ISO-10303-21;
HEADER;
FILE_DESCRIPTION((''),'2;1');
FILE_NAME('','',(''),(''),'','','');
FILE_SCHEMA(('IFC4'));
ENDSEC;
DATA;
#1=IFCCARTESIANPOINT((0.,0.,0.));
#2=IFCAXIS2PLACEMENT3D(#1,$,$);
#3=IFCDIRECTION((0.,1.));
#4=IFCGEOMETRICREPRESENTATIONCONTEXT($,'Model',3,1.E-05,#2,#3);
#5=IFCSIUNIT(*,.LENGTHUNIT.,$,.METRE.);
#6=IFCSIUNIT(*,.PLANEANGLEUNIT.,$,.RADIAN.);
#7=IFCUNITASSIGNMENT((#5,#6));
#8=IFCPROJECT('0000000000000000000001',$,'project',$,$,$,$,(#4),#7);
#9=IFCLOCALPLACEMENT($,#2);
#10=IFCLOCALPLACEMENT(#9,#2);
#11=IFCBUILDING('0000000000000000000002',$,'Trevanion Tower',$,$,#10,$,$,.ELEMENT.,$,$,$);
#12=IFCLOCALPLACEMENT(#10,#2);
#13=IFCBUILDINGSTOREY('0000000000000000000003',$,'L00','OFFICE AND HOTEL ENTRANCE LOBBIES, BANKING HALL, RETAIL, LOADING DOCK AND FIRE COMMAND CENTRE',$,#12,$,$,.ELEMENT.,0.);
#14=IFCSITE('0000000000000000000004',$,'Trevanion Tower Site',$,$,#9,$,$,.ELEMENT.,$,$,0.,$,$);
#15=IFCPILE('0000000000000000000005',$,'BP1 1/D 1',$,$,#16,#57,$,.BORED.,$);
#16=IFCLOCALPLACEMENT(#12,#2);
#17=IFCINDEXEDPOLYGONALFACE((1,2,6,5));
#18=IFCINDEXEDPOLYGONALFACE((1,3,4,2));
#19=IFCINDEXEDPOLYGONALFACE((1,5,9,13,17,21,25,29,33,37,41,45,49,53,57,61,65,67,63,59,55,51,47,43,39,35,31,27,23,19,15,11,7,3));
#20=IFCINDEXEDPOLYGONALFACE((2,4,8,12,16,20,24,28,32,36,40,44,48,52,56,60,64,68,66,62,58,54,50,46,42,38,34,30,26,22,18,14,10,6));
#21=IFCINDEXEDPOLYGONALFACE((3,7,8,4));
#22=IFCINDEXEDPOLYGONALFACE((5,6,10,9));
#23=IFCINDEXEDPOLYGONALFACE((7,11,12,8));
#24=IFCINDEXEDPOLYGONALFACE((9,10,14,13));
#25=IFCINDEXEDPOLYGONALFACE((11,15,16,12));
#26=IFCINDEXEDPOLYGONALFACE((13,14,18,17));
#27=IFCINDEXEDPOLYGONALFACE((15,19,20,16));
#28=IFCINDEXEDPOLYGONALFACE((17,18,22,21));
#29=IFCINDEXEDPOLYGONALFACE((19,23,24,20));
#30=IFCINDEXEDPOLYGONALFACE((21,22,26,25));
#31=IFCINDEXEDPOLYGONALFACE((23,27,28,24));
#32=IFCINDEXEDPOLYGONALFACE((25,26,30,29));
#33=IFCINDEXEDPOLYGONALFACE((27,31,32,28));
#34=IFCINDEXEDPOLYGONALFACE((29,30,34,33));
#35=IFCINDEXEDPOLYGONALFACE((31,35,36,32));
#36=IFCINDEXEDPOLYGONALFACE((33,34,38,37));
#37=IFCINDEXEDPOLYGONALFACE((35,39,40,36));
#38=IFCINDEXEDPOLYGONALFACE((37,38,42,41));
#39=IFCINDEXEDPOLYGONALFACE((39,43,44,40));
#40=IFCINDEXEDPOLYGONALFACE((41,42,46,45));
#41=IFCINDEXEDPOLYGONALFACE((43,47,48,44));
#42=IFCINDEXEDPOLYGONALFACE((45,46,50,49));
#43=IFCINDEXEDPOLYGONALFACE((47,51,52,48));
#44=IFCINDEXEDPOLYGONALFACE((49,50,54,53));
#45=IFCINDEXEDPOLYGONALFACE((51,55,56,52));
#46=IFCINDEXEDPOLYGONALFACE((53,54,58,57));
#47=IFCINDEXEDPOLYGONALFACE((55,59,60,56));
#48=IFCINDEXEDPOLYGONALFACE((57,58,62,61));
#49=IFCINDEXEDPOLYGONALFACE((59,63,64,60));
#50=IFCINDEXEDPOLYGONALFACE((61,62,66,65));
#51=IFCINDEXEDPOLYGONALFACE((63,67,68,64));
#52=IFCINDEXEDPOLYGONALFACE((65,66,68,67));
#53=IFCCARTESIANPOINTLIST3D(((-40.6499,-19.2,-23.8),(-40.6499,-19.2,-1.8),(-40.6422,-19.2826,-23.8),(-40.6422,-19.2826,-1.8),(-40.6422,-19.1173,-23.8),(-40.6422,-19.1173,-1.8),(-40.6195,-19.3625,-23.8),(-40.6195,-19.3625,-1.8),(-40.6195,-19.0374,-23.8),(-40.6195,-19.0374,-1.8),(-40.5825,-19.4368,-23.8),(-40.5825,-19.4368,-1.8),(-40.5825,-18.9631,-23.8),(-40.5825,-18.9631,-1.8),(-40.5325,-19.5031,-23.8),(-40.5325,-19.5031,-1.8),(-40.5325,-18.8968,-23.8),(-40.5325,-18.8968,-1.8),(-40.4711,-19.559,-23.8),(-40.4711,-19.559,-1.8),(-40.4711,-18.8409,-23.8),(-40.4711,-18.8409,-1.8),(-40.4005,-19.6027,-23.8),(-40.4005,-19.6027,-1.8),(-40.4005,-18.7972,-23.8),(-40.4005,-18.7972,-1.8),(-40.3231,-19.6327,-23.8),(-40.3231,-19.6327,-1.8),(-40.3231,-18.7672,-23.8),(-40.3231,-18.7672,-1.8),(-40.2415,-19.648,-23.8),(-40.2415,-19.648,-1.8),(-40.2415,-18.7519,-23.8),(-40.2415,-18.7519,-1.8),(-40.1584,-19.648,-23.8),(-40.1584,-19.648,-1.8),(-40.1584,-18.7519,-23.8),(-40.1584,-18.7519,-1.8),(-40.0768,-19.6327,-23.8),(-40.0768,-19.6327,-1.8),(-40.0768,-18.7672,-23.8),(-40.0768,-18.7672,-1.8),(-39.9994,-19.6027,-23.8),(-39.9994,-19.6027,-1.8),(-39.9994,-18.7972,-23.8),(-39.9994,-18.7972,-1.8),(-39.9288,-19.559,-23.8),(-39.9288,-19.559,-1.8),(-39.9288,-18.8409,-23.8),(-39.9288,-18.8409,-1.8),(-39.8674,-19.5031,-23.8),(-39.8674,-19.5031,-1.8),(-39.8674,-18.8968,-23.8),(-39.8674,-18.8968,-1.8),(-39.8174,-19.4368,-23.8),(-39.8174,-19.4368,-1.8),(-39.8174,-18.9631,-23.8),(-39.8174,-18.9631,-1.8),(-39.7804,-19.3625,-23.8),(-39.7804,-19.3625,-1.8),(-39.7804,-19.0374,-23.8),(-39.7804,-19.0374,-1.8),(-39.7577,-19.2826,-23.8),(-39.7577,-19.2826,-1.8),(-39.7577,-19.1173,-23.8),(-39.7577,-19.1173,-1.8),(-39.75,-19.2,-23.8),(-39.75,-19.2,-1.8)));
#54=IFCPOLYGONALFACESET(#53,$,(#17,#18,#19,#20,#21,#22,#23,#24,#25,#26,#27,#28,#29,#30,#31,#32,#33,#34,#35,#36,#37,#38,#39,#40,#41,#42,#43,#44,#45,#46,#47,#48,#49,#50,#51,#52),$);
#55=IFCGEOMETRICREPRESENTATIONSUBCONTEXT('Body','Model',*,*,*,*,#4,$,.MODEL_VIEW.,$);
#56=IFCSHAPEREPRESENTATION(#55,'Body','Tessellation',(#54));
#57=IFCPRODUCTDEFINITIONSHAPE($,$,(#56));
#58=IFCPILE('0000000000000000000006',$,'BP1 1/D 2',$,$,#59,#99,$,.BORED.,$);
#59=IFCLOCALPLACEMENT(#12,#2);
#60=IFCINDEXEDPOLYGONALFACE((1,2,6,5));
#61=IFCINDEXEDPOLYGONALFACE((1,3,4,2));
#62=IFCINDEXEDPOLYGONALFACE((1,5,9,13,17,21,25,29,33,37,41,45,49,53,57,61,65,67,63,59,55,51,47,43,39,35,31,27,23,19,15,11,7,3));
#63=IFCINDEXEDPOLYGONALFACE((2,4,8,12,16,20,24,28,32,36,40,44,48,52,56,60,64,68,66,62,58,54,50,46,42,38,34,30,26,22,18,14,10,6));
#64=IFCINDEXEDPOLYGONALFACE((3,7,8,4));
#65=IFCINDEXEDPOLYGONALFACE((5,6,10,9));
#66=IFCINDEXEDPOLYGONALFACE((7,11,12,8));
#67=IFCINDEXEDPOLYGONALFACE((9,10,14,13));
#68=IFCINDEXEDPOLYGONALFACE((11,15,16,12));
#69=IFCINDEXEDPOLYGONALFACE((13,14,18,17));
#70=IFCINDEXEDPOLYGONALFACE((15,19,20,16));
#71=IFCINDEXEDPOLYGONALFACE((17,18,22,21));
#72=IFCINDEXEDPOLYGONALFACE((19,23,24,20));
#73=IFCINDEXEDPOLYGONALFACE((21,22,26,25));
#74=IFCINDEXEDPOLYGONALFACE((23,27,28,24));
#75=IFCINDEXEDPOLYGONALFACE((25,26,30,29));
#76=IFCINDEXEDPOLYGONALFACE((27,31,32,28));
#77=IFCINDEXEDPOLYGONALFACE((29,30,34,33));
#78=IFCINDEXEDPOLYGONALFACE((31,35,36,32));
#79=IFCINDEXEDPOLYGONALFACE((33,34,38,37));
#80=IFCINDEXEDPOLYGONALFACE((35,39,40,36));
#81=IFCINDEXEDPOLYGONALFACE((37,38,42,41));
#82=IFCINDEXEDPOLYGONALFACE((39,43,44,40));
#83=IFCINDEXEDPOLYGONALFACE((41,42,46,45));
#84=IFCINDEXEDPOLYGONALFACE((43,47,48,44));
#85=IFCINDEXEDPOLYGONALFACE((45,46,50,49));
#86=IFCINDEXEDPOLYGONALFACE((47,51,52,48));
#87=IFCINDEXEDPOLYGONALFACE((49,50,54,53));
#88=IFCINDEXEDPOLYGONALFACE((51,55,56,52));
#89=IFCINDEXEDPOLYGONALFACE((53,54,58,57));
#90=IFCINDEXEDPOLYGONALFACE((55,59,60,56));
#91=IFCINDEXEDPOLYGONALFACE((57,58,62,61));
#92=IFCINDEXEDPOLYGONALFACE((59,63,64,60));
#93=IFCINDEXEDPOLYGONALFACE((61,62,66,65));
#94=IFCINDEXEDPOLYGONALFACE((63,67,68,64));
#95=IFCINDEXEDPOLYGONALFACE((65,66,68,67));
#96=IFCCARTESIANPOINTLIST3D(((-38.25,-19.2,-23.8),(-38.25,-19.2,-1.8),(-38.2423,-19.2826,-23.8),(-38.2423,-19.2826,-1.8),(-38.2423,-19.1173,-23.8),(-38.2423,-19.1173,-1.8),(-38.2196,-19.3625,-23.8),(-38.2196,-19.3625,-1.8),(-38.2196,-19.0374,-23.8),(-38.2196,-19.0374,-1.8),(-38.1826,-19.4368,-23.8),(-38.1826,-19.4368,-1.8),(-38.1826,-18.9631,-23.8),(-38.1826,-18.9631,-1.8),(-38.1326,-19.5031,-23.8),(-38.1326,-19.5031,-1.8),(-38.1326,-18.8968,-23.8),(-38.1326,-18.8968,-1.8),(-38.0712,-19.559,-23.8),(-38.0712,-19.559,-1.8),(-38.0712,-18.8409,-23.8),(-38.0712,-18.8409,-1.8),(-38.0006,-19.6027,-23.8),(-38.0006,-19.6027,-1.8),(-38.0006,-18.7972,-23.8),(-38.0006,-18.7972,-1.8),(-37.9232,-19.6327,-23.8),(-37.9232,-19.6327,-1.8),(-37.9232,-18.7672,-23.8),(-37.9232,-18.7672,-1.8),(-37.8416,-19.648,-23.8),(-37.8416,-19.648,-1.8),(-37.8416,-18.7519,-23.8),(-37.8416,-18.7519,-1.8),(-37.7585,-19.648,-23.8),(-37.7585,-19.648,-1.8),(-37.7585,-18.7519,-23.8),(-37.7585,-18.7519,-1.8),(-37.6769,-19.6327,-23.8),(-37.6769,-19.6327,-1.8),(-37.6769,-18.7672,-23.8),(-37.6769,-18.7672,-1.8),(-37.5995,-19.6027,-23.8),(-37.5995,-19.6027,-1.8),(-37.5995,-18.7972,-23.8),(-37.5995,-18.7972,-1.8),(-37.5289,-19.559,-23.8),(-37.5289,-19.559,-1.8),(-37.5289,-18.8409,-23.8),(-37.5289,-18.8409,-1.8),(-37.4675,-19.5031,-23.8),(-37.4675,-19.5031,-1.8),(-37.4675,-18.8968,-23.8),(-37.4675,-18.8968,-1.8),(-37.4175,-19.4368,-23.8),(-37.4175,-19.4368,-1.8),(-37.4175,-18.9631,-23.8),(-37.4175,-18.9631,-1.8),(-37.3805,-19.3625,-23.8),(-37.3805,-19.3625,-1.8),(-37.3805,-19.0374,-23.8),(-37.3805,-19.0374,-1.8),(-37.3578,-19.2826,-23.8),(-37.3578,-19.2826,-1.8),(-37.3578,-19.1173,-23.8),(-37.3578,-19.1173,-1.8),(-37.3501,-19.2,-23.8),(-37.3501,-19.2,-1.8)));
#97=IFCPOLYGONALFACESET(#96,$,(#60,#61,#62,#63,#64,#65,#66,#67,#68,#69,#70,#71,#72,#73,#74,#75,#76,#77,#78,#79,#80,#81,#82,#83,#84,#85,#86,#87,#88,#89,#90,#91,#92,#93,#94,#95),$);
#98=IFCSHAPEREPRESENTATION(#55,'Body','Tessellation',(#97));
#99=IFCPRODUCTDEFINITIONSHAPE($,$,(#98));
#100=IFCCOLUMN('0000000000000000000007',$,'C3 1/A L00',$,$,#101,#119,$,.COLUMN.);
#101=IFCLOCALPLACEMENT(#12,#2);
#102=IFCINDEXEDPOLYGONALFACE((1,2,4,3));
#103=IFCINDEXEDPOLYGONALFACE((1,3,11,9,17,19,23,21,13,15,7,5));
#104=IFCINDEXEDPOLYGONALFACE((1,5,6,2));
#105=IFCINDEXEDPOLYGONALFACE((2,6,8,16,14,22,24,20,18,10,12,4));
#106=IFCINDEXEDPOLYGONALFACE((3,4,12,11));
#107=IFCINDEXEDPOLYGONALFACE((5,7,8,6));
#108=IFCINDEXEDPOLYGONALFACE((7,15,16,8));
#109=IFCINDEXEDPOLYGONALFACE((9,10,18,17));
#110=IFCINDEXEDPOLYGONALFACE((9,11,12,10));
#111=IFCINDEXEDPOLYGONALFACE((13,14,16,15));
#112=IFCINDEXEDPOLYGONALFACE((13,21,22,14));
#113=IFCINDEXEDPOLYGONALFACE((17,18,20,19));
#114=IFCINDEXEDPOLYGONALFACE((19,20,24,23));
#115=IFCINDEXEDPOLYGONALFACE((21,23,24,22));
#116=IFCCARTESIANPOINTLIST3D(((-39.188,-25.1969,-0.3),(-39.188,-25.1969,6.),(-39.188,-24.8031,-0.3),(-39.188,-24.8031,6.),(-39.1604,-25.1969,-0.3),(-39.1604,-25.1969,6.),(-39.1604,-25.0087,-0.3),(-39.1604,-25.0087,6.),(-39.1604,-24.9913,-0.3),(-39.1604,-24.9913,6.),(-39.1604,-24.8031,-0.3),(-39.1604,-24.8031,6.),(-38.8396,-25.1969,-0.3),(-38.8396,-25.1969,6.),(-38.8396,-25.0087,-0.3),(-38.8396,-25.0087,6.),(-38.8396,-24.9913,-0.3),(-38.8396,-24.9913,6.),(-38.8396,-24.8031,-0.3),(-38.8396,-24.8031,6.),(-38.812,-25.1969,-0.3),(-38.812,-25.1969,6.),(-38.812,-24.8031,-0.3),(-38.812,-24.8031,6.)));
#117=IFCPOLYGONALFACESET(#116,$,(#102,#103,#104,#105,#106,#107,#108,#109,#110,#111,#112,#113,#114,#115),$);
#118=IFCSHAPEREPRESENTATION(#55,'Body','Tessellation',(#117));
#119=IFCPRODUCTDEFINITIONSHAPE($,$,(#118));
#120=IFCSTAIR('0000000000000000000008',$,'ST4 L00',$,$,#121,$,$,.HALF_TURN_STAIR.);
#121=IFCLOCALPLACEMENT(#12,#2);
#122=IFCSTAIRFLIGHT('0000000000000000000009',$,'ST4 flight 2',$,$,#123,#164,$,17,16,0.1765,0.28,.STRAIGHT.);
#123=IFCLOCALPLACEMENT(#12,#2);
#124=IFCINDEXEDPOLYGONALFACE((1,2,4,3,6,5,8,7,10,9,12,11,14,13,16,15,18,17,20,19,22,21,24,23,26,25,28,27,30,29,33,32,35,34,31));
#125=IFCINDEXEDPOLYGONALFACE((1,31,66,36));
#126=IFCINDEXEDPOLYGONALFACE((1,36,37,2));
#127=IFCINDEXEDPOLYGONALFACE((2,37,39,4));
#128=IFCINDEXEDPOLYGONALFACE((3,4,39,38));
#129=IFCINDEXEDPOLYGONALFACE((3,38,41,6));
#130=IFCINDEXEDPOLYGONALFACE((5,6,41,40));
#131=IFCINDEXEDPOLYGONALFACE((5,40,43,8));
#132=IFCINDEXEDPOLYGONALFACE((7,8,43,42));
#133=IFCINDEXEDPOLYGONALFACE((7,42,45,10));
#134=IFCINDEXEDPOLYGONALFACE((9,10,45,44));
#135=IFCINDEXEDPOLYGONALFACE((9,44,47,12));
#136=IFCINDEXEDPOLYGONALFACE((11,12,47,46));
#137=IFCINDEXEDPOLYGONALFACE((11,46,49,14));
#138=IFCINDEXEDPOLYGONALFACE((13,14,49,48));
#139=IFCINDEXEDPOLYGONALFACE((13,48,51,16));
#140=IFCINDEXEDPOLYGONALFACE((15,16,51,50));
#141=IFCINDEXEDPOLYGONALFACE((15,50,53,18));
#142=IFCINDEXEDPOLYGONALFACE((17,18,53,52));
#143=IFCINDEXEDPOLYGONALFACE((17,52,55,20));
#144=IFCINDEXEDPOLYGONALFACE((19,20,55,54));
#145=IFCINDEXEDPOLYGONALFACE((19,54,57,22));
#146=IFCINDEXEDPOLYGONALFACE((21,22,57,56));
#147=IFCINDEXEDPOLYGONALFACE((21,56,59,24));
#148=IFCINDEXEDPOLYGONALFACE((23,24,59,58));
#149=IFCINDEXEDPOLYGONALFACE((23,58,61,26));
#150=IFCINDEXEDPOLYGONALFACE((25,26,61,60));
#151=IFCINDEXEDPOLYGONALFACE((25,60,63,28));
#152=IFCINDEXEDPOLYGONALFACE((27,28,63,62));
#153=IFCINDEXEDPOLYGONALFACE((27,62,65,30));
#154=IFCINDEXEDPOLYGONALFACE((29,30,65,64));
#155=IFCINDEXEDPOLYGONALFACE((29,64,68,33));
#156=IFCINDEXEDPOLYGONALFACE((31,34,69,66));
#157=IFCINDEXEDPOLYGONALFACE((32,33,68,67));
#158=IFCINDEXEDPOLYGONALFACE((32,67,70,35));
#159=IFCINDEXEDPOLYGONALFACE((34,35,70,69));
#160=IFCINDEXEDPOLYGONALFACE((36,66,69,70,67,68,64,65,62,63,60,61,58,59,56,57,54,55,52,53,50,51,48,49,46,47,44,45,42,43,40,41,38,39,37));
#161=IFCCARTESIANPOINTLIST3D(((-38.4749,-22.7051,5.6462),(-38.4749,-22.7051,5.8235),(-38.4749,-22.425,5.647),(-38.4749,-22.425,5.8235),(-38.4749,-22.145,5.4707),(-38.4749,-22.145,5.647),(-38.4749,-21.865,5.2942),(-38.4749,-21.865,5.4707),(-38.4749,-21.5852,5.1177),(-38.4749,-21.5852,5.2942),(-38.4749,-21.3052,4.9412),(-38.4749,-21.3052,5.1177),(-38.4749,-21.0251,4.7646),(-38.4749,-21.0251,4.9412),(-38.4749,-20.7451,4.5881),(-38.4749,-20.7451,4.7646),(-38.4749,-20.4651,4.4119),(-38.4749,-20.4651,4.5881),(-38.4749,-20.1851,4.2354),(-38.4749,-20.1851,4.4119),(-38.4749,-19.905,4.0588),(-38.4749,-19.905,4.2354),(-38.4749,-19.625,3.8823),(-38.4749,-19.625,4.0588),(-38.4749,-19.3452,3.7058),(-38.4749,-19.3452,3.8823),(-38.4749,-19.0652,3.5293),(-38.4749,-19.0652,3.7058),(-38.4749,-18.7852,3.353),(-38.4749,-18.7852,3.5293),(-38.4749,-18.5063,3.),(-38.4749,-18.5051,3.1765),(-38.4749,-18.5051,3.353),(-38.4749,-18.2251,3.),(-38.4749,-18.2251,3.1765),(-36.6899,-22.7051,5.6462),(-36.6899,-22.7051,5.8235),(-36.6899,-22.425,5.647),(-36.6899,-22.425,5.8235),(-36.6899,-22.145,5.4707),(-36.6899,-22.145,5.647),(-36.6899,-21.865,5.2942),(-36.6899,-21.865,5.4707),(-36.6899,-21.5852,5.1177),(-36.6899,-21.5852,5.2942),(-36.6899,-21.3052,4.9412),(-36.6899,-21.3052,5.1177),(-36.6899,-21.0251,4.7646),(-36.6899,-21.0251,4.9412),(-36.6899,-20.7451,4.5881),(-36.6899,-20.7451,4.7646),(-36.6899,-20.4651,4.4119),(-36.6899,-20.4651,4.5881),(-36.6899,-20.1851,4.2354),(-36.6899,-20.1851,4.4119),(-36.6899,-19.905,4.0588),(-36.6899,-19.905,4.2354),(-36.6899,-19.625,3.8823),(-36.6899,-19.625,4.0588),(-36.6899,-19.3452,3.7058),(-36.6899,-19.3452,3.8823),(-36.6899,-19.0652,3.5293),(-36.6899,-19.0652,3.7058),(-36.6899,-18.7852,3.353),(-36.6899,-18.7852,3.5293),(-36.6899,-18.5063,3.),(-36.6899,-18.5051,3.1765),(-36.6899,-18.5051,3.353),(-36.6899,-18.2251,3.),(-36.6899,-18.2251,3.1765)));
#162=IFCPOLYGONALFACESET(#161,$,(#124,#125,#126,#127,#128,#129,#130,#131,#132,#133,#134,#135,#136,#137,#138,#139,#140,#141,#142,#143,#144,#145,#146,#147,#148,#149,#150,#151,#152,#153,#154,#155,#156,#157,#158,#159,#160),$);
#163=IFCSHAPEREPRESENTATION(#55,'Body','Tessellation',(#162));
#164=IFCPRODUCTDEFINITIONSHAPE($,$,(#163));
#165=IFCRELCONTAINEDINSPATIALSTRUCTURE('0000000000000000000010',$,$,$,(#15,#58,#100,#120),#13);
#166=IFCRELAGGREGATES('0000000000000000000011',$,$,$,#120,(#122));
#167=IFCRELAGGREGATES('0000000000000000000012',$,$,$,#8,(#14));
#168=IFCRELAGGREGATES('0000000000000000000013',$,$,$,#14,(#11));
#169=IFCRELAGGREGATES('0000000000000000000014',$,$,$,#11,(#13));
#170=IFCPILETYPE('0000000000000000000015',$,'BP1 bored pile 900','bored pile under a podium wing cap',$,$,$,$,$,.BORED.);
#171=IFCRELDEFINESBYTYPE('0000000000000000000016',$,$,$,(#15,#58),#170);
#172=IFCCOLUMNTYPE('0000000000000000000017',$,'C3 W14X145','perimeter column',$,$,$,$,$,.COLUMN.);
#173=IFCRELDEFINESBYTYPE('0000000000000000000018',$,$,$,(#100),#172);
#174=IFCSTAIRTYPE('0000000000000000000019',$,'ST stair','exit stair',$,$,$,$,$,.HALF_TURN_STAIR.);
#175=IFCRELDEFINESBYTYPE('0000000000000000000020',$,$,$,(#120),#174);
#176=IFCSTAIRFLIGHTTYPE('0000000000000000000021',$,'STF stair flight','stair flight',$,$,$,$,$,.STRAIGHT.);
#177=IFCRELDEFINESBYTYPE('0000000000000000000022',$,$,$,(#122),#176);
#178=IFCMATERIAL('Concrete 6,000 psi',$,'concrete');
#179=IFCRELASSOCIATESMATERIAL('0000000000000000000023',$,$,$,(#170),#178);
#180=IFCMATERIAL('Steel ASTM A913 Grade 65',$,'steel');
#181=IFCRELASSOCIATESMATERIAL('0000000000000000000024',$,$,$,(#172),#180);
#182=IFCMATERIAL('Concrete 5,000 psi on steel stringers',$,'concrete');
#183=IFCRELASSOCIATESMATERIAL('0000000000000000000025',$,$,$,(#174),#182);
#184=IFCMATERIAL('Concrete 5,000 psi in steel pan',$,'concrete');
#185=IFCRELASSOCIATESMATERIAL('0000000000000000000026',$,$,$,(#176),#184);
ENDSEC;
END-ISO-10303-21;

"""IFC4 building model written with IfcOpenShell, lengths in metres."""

from ifc_helpers import new_model, si_unit, direction, frame, origin, origin_2d, place, context, subcontext, project, spatial, polyline, circle, i_section, outline, extrude, material, material_profile, profile_set, type_object, element, aggregate, save


model = new_model("IFC4")

# Units and contexts
model_context = context("Model", 3, precision=1e-05, world=origin(), true_north=direction((0.0, 1.0)))
body_context = subcontext(model_context, "Body", "Model", "MODEL_VIEW")
ifc_project = project(units=[si_unit("LENGTHUNIT", "METRE"), si_unit("PLANEANGLEUNIT", "RADIAN")], contexts=[model_context])

# Site, building, storey
site_placement = place(None, origin())
site = spatial("IfcSite", under=ifc_project, at=site_placement, Name="Trevanion Tower Site", CompositionType="ELEMENT", RefElevation=0.0)
building_placement = place(site_placement, origin())
building = spatial("IfcBuilding", under=site, at=building_placement, Name="Trevanion Tower", CompositionType="ELEMENT")
storey_placement = place(building_placement, origin())
storey = spatial("IfcBuildingStorey", under=building, at=storey_placement, Name="L00", Description="OFFICE AND HOTEL ENTRANCE LOBBIES, BANKING HALL, RETAIL, LOADING DOCK AND FIRE COMMAND CENTRE", CompositionType="ELEMENT", Elevation=0.0)

# Piles
ifc_material_1 = material(Name="Concrete 6,000 psi", Category="concrete")
ifc_material_profile_1 = material_profile(ifc_material_1, circle(Radius=0.45, at=origin_2d()), Name="BP1 bored pile 900")
ifc_profile_set_1 = profile_set([ifc_material_profile_1], Name="Concrete 6,000 psi")
pile_type = type_object("IfcPileType", Name="BP1 bored pile 900", Description="bored pile under a podium wing cap", PredefinedType="BORED", material=ifc_profile_set_1)
for number, where, z_axis, x_axis, name in (
    (1, (-40.2, -19.2, -1.8), (0.0, 0.0, -1.0), (1.0, 0.0, 0.0), "BP1 1/D 1"),
    (2, (-37.8, -19.2, -1.8), (0.0, 0.0, -1.0), (1.0, 0.0, 0.0), "BP1 1/D 2"),
):
    element("IfcPile", number, at=place(storey_placement, frame(where, z_axis=z_axis, x_axis=x_axis)), inside=storey, type_object=pile_type, Name=name, PredefinedType="BORED", context=body_context, shape_type="SweptSolid", body=[
        extrude(circle(Radius=0.45, at=origin_2d()), origin(), (0.0, 0.0, 1.0), 22.0),
    ])

# Column
ifc_material_2 = material(Name="Steel ASTM A913 Grade 65", Category="steel")
ifc_material_profile_2 = material_profile(ifc_material_2, i_section(OverallWidth=0.3938, OverallDepth=0.376, WebThickness=0.0173, FlangeThickness=0.0276, at=origin_2d()), Name="W14X145")
ifc_profile_set_2 = profile_set([ifc_material_profile_2], Name="Steel ASTM A913 Grade 65")
column_type = type_object("IfcColumnType", Name="C3 W14X145", Description="perimeter column", PredefinedType="COLUMN", material=ifc_profile_set_2)
column_placement = place(storey_placement, frame((-39.0, -25.0, -0.3), z_axis=(0.0, 0.0, 1.0), x_axis=(0.0, 1.0, 0.0)))
element("IfcColumn", 3, at=column_placement, inside=storey, type_object=column_type, Name="C3 1/A L00", PredefinedType="COLUMN", context=body_context, shape_type="SweptSolid", body=[
    extrude(i_section(OverallWidth=0.3938, OverallDepth=0.376, WebThickness=0.0173, FlangeThickness=0.0276, at=origin_2d()), origin(), (0.0, 0.0, 1.0), 6.3),
])

# Stair, stair flight
ifc_material_3 = material(Name="Concrete 5,000 psi on steel stringers", Category="concrete")
stair_type = type_object("IfcStairType", Name="ST stair", Description="exit stair", PredefinedType="HALF_TURN_STAIR", material=ifc_material_3)
stair_placement = place(storey_placement, origin())
stair = element("IfcStair", 4, at=stair_placement, inside=storey, type_object=stair_type, Name="ST4 L00", PredefinedType="HALF_TURN_STAIR")
ifc_material_4 = material(Name="Concrete 5,000 psi in steel pan", Category="concrete")
stair_flight_type = type_object("IfcStairFlightType", Name="STF stair flight", Description="stair flight", PredefinedType="STRAIGHT", material=ifc_material_4)
stair_flight_placement = place(storey_placement, frame((-37.5825, -18.2251, 3.0), z_axis=(0.0, 0.0, 1.0), x_axis=(0.0, -1.0, 0.0)))
stair_flight = element("IfcStairFlight", 5, at=stair_flight_placement, type_object=stair_flight_type, Name="ST4 flight 2", NumberOfRisers=17, NumberOfTreads=16, PredefinedType="STRAIGHT", RiserHeight=0.1765, TreadLength=0.28, context=body_context, shape_type="SweptSolid", body=[
    extrude(outline(polyline([(0.0, 0.0), (0.0, 0.1765), (0.28, 0.1765), (0.28, 0.353), (0.5601, 0.353), (0.5601, 0.5293), (0.8401, 0.5293), (0.8401, 0.7058), (1.1201, 0.7058), (1.1201, 0.8823), (1.3999, 0.8823), (1.3999, 1.0588), (1.6799, 1.0588), (1.6799, 1.2354), (1.96, 1.2354), (1.96, 1.4119), (2.24, 1.4119), (2.24, 1.5881), (2.52, 1.5881), (2.52, 1.7646), (2.8, 1.7646), (2.8, 1.9412), (3.0801, 1.9412), (3.0801, 2.1177), (3.3601, 2.1177), (3.3601, 2.2942), (3.6399, 2.2942), (3.6399, 2.4707), (3.9199, 2.4707), (3.9199, 2.647), (4.2, 2.647), (4.2, 2.8235), (4.48, 2.8235), (4.48, 3.0), (4.48, 2.6462), (0.2812, 0.0), (0.0, 0.0)])), frame((0.0, 0.8926, 0.0), z_axis=(0.0, -1.0, 0.0), x_axis=(1.0, 0.0, 0.0)), (0.0, 0.0, 1.0), 1.7849),
])
aggregate(stair, [stair_flight])

save(model, "model.ifc")
